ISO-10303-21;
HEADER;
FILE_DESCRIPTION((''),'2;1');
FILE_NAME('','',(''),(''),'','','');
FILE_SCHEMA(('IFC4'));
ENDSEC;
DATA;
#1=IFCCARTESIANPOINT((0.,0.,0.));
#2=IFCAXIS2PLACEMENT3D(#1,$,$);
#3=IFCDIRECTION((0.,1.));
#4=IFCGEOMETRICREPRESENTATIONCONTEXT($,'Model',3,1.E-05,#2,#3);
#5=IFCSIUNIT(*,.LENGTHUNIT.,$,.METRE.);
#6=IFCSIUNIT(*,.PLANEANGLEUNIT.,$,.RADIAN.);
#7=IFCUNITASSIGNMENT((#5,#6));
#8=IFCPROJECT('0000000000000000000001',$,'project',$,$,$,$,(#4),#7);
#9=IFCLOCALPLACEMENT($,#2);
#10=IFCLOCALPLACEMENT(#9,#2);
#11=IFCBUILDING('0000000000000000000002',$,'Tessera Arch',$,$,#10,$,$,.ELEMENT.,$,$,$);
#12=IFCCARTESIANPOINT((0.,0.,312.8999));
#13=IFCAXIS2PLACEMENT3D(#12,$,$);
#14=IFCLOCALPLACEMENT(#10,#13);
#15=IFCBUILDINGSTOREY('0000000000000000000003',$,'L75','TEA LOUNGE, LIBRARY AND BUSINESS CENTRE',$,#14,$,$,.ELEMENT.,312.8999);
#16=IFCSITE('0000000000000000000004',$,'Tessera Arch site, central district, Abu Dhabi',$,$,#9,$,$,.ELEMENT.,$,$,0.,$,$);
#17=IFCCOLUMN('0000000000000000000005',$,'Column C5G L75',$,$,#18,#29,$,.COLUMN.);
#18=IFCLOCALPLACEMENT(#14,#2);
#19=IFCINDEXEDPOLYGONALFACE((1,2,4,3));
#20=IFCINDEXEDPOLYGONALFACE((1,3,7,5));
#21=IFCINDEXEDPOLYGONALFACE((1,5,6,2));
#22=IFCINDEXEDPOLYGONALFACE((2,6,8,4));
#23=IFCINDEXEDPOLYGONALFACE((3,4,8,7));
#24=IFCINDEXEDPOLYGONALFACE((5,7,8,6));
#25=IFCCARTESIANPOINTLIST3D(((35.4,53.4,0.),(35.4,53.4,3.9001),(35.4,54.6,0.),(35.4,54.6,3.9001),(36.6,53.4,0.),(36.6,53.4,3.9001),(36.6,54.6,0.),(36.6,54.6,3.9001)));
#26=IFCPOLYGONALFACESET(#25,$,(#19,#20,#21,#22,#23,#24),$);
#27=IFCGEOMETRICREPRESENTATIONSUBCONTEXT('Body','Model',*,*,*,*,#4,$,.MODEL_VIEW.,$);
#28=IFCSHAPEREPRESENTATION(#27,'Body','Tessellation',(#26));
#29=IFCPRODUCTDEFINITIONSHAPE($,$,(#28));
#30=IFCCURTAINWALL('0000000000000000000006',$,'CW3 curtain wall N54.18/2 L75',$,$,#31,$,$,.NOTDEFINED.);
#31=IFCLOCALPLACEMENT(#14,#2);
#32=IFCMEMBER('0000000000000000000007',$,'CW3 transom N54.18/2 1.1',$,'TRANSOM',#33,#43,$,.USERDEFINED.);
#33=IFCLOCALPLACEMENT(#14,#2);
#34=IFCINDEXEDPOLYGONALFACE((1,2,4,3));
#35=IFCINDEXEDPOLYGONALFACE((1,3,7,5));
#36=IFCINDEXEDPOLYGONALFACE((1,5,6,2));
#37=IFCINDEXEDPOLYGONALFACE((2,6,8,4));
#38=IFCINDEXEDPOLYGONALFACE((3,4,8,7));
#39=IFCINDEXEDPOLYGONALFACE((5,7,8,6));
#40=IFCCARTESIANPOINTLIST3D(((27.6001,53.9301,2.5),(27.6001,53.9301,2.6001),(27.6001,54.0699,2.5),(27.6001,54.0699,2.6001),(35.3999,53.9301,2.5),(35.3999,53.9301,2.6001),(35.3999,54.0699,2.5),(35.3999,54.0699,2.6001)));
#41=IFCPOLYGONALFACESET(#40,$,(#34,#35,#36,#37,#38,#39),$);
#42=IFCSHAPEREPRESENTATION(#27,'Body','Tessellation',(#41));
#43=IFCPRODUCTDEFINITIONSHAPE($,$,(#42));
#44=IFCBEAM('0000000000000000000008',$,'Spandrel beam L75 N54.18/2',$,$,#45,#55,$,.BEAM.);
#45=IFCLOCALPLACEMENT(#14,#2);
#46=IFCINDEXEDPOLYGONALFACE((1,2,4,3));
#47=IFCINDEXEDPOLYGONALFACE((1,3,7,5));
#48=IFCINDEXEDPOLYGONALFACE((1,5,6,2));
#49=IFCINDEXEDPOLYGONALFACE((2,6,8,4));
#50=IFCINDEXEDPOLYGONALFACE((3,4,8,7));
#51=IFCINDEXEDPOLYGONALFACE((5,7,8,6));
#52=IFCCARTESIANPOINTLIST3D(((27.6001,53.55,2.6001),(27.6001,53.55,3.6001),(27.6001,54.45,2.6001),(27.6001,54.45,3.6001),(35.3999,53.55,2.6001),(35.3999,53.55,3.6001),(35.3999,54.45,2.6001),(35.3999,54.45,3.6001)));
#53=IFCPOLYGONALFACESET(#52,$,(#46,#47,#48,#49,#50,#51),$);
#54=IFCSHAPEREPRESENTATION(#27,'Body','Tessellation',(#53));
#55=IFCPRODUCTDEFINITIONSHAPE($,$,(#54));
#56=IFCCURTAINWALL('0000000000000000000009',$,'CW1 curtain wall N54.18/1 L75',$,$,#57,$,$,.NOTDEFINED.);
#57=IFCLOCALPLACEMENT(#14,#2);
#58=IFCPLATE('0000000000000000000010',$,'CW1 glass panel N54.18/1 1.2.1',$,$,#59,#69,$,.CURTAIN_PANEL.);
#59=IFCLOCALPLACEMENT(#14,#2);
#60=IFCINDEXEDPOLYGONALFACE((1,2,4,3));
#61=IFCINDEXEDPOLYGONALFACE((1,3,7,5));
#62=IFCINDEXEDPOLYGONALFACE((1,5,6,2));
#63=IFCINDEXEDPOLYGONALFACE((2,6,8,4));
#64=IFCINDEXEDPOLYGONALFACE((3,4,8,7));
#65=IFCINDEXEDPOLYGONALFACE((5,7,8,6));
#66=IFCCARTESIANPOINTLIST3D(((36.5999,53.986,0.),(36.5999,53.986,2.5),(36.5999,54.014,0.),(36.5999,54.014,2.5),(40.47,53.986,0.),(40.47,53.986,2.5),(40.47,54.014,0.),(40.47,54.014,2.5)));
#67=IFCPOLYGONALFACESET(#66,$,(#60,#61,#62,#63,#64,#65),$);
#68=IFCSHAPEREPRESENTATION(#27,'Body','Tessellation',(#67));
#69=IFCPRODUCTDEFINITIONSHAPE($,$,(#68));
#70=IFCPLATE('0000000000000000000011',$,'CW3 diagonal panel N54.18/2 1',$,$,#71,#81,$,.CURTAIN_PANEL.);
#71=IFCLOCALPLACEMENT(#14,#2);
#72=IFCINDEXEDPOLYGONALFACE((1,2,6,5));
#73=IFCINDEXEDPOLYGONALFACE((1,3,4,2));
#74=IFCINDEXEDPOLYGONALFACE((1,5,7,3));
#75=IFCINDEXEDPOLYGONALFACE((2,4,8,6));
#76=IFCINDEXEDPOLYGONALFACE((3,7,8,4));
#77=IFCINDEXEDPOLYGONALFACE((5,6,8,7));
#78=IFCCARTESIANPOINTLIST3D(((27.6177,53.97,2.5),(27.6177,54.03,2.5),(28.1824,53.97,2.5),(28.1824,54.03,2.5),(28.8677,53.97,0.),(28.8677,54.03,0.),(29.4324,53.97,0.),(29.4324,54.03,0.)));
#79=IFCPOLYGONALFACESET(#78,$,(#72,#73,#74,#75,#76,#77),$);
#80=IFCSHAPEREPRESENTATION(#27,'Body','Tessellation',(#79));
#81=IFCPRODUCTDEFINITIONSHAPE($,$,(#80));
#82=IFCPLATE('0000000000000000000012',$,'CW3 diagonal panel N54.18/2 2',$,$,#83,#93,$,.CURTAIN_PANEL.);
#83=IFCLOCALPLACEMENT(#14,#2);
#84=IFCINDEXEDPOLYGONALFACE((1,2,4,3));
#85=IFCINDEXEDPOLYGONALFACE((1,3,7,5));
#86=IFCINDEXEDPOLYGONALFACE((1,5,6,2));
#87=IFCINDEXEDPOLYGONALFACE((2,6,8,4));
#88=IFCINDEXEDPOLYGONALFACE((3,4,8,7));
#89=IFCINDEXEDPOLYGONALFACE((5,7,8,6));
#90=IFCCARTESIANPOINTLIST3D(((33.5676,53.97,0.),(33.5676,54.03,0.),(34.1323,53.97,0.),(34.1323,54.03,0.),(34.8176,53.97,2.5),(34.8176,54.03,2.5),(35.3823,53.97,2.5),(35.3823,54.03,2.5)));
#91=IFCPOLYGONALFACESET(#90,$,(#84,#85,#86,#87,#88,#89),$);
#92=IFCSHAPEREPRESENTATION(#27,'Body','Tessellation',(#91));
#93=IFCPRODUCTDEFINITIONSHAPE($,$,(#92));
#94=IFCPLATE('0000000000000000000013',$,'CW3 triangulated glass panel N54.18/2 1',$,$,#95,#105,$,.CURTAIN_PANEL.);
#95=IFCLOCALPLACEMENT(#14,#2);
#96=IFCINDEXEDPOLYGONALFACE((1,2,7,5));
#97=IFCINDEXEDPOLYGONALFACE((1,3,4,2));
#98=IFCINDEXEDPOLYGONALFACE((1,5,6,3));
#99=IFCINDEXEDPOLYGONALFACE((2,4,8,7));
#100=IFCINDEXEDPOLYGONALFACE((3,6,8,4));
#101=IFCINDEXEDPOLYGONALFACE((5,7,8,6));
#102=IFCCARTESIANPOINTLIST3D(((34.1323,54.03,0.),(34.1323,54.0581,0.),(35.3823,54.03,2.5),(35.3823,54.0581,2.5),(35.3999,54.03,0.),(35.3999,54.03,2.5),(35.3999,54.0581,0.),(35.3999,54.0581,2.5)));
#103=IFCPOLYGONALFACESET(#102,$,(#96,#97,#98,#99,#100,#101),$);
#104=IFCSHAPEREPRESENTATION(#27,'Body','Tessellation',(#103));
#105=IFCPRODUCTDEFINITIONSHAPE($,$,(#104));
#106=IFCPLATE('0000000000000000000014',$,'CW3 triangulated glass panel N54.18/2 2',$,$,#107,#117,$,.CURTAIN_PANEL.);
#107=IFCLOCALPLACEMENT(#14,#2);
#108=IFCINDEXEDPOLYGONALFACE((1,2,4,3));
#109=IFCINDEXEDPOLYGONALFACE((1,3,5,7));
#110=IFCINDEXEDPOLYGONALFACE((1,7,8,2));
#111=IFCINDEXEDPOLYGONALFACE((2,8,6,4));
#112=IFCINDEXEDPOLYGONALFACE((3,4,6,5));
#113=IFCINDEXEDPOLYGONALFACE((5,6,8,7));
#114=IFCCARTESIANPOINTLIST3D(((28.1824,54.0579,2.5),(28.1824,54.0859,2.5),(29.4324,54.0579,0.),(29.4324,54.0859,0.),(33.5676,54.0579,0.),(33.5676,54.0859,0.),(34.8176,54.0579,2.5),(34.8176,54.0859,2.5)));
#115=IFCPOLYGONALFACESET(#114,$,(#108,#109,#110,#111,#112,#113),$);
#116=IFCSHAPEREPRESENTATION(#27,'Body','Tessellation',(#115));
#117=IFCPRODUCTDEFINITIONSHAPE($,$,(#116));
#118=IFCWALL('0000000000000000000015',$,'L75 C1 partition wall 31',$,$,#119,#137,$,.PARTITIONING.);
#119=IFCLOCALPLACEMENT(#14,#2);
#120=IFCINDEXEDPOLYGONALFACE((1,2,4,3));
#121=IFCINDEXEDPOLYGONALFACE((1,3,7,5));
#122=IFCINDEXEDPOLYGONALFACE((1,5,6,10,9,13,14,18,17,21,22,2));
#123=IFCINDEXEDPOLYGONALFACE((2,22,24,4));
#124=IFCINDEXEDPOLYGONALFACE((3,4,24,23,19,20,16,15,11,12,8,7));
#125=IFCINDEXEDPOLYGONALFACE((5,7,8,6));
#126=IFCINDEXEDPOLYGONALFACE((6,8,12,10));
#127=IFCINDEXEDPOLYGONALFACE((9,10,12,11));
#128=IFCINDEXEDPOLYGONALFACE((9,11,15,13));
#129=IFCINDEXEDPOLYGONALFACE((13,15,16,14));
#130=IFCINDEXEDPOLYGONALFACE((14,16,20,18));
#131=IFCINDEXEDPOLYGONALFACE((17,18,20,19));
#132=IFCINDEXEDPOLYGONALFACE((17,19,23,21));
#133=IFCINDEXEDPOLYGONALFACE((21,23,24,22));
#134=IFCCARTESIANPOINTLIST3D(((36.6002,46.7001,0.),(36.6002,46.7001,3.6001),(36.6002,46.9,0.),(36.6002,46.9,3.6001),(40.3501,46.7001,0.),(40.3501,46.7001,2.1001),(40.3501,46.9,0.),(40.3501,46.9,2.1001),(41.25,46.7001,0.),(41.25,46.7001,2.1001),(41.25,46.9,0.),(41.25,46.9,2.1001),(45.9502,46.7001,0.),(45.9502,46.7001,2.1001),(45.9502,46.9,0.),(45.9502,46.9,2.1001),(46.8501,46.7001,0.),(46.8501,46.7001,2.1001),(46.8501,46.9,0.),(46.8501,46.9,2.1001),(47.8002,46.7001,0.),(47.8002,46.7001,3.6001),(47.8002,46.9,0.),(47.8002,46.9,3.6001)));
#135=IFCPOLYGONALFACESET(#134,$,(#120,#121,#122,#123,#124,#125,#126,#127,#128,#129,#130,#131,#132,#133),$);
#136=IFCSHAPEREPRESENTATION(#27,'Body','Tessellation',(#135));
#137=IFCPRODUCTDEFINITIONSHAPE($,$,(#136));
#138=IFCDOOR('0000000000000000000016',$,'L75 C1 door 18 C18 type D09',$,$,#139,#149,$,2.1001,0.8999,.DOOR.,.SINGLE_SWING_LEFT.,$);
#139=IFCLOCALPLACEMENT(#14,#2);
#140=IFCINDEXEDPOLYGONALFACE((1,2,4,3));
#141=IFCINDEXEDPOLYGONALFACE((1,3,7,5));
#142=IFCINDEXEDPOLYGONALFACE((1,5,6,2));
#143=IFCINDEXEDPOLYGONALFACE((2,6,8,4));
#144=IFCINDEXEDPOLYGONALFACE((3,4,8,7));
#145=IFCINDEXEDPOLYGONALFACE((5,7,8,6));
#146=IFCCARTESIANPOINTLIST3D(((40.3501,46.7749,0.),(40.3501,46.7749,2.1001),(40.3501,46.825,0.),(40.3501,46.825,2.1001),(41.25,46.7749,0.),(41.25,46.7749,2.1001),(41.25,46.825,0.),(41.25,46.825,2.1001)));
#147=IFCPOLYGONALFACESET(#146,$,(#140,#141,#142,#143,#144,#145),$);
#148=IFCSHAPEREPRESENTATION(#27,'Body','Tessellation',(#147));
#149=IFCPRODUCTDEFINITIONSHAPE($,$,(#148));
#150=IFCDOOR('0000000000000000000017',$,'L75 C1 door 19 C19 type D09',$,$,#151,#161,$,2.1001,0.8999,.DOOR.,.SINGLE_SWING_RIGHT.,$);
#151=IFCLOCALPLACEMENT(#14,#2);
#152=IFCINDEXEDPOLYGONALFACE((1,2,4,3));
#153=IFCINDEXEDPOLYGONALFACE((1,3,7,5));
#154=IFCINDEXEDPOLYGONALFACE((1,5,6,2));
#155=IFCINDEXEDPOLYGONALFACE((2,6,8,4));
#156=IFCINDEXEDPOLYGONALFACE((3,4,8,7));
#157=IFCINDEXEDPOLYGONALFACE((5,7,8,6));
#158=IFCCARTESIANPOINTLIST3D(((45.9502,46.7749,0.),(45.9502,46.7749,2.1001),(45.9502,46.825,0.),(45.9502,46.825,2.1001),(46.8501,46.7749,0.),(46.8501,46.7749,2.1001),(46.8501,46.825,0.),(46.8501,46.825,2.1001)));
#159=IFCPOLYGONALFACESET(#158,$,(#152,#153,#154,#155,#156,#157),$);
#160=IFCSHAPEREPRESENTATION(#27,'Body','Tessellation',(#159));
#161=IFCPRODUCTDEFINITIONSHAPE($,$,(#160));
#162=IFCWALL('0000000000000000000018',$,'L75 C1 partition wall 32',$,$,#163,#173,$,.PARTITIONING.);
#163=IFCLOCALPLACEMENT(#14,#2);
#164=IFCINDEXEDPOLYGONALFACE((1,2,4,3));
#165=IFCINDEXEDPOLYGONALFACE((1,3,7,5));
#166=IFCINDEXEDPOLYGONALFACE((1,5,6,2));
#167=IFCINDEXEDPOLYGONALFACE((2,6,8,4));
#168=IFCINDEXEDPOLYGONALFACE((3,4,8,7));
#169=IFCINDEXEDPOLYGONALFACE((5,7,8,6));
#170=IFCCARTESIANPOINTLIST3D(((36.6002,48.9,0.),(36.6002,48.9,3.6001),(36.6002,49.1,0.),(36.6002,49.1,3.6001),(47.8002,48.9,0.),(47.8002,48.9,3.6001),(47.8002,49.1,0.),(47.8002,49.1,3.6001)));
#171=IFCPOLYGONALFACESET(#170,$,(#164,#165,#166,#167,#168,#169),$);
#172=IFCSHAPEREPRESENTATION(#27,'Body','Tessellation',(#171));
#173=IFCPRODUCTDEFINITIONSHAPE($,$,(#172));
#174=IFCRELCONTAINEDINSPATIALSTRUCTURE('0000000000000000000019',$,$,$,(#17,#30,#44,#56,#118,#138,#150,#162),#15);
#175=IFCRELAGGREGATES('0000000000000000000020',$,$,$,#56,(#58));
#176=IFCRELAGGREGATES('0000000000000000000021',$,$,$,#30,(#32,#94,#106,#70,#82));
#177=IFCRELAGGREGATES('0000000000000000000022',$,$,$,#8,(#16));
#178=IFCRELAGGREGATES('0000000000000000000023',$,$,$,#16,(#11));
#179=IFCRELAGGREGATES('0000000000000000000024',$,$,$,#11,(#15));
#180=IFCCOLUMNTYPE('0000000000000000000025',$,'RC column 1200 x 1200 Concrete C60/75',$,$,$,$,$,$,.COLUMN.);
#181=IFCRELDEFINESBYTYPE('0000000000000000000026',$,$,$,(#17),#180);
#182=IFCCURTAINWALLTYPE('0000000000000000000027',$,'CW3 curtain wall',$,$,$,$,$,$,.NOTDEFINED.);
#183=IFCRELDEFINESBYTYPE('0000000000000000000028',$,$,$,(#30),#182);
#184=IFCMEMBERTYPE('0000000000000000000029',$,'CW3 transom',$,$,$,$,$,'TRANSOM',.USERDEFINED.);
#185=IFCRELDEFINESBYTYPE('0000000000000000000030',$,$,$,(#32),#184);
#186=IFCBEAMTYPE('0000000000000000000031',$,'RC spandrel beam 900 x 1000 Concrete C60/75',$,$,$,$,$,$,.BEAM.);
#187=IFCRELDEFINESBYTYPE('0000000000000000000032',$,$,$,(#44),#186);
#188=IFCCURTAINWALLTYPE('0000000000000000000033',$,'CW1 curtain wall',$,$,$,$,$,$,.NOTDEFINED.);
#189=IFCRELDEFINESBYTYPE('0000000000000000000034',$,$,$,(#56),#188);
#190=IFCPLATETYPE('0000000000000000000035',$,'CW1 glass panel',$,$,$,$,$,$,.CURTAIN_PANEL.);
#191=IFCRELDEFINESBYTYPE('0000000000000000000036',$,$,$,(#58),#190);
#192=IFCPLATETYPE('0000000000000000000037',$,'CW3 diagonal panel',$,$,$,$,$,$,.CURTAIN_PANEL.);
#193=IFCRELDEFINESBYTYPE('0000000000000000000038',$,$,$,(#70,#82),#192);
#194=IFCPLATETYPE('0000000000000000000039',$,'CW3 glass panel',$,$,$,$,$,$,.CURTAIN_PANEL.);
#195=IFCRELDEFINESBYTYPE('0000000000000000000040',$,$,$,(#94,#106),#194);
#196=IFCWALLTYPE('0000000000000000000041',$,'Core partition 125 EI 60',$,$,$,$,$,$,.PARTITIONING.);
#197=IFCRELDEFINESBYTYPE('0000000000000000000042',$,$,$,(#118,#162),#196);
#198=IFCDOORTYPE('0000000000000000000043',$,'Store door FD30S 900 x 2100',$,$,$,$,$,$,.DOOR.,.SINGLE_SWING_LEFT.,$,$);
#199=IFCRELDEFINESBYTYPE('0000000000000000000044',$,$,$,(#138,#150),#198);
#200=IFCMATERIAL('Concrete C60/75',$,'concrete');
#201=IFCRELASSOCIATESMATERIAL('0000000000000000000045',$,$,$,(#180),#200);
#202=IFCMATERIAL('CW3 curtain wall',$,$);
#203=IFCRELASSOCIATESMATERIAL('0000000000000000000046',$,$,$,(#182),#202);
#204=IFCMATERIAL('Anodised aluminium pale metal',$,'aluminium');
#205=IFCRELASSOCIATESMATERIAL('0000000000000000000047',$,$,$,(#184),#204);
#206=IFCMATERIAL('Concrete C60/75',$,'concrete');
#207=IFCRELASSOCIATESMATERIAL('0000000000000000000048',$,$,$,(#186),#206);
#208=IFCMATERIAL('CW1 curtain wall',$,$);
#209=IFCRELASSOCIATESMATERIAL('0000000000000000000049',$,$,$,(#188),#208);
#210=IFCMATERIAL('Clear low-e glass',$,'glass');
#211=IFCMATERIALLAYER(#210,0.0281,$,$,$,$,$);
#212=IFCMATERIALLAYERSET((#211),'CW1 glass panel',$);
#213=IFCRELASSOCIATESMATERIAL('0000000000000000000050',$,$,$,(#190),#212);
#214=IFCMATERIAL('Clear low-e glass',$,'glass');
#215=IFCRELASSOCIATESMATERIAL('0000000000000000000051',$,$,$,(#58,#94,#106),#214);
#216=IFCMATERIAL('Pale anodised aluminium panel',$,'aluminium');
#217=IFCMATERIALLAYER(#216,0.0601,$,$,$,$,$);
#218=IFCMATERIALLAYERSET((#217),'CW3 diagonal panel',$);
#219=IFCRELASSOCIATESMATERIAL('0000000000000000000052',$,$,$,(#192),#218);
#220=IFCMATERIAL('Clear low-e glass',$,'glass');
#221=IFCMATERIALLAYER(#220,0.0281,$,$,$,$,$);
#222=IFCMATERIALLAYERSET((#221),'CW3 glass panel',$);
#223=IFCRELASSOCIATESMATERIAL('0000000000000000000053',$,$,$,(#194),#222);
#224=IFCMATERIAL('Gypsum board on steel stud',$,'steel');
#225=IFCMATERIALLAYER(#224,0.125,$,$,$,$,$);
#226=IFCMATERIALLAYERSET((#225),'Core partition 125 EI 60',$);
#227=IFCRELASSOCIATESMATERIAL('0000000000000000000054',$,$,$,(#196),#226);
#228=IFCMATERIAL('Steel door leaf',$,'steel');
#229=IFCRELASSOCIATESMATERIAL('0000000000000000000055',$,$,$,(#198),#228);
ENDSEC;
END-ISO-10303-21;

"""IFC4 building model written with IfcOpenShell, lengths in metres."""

from ifc_helpers import new_model, si_unit, direction, frame, frame_2d, origin, origin_2d, place, context, subcontext, project, spatial, polyline, rectangle, outline, extrude, material, layer, layer_set, material_profile, profile_set, type_object, element, fill, aggregate, save


model = new_model("IFC4")

# Units and contexts
model_context = context("Model", 3, precision=1e-05, world=origin(), true_north=direction((0.0, 1.0)))
body_context = subcontext(model_context, "Body", "Model", "MODEL_VIEW")
ifc_project = project(units=[si_unit("LENGTHUNIT", "METRE"), si_unit("PLANEANGLEUNIT", "RADIAN")], contexts=[model_context])

# Site, building, storey
site_placement = place(None, origin())
site = spatial("IfcSite", under=ifc_project, at=site_placement, Name="Tessera Arch site, central district, Abu Dhabi", CompositionType="ELEMENT", RefElevation=0.0)
building_placement = place(site_placement, origin())
building = spatial("IfcBuilding", under=site, at=building_placement, Name="Tessera Arch", CompositionType="ELEMENT")
storey_placement = place(building_placement, frame((0.0, 0.0, 312.8999)))
storey = spatial("IfcBuildingStorey", under=building, at=storey_placement, Name="L75", Description="TEA LOUNGE, LIBRARY AND BUSINESS CENTRE", CompositionType="ELEMENT", Elevation=312.8999)

# Column
ifc_material_1 = material(Name="Concrete C60/75", Category="concrete")
ifc_material_profile_1 = material_profile(ifc_material_1, rectangle(XDim=1.2, YDim=1.2, at=origin_2d()), Name="RC column 1200 x 1200 Concrete C60/75")
ifc_profile_set_1 = profile_set([ifc_material_profile_1], Name="Concrete C60/75")
column_type = type_object("IfcColumnType", Name="RC column 1200 x 1200 Concrete C60/75", PredefinedType="COLUMN", material=ifc_profile_set_1)
column_placement = place(storey_placement, frame((36.0, 54.0, 0.0), z_axis=(0.0, 0.0, 1.0), x_axis=(1.0, 0.0, 0.0)))
element("IfcColumn", 1, at=column_placement, inside=storey, type_object=column_type, Name="Column C5G L75", PredefinedType="COLUMN", context=body_context, shape_type="SweptSolid", body=[
    extrude(rectangle(XDim=1.2, YDim=1.2, at=origin_2d()), origin(), (0.0, 0.0, 1.0), 3.9001),
])

# Curtain wall, member
ifc_material_2 = material(Name="CW3 curtain wall")
curtain_wall_type_1 = type_object("IfcCurtainWallType", Name="CW3 curtain wall", PredefinedType="NOTDEFINED", material=ifc_material_2)
curtain_wall_1_placement = place(storey_placement, origin())
curtain_wall_1 = element("IfcCurtainWall", 2, at=curtain_wall_1_placement, inside=storey, type_object=curtain_wall_type_1, Name="CW3 curtain wall N54.18/2 L75", PredefinedType="NOTDEFINED")
ifc_material_3 = material(Name="Anodised aluminium pale metal", Category="aluminium")
ifc_material_profile_2 = material_profile(ifc_material_3, rectangle(XDim=0.1399, YDim=0.1001, at=origin_2d()), Name="AL 140x100")
ifc_profile_set_2 = profile_set([ifc_material_profile_2], Name="Anodised aluminium pale metal")
member_type = type_object("IfcMemberType", Name="CW3 transom", ElementType="TRANSOM", PredefinedType="USERDEFINED", material=ifc_profile_set_2)
member_placement = place(storey_placement, frame((35.3999, 54.0, 2.55), z_axis=(-1.0, 0.0, 0.0), x_axis=(0.0, -1.0, 0.0)))
member = element("IfcMember", 3, at=member_placement, type_object=member_type, Name="CW3 transom N54.18/2 1.1", ObjectType="TRANSOM", PredefinedType="USERDEFINED", context=body_context, shape_type="SweptSolid", body=[
    extrude(rectangle(XDim=0.1399, YDim=0.1001, at=origin_2d()), origin(), (0.0, 0.0, 1.0), 7.7998),
])

# Beam
ifc_material_4 = material(Name="Concrete C60/75", Category="concrete")
ifc_material_profile_3 = material_profile(ifc_material_4, rectangle(XDim=0.8999, YDim=1.0, at=origin_2d()), Name="RC spandrel beam 900 x 1000 Concrete C60/75")
ifc_profile_set_3 = profile_set([ifc_material_profile_3], Name="Concrete C60/75")
beam_type = type_object("IfcBeamType", Name="RC spandrel beam 900 x 1000 Concrete C60/75", PredefinedType="BEAM", material=ifc_profile_set_3)
beam_placement = place(storey_placement, frame((35.3999, 54.0, 3.1001), z_axis=(-1.0, 0.0, 0.0), x_axis=(0.0, -1.0, 0.0)))
element("IfcBeam", 4, at=beam_placement, inside=storey, type_object=beam_type, Name="Spandrel beam L75 N54.18/2", PredefinedType="BEAM", context=body_context, shape_type="SweptSolid", body=[
    extrude(rectangle(XDim=0.8999, YDim=1.0, at=origin_2d()), origin(), (0.0, 0.0, 1.0), 7.7998),
])

# Curtain wall, plate
ifc_material_5 = material(Name="CW1 curtain wall")
curtain_wall_type_2 = type_object("IfcCurtainWallType", Name="CW1 curtain wall", PredefinedType="NOTDEFINED", material=ifc_material_5)
curtain_wall_2_placement = place(storey_placement, origin())
curtain_wall_2 = element("IfcCurtainWall", 5, at=curtain_wall_2_placement, inside=storey, type_object=curtain_wall_type_2, Name="CW1 curtain wall N54.18/1 L75", PredefinedType="NOTDEFINED")
ifc_material_6 = material(Name="Clear low-e glass", Category="glass")
ifc_material_7 = material(Name="Clear low-e glass", Category="glass")
ifc_layer_1 = layer(ifc_material_7, 0.0281)
ifc_layer_set_1 = layer_set([ifc_layer_1], Name="CW1 glass panel")
plate_type_1 = type_object("IfcPlateType", Name="CW1 glass panel", PredefinedType="CURTAIN_PANEL", material=ifc_layer_set_1)
plate_1_placement = place(storey_placement, frame((38.5349, 54.0, 0.0), z_axis=(0.0, 0.0, 1.0), x_axis=(-1.0, 0.0, 0.0)))
plate_1 = element("IfcPlate", 6, at=plate_1_placement, type_object=plate_type_1, material=ifc_material_6, Name="CW1 glass panel N54.18/1 1.2.1", PredefinedType="CURTAIN_PANEL", context=body_context, shape_type="SweptSolid", body=[
    extrude(rectangle(XDim=3.8701, YDim=0.0281, at=origin_2d()), origin(), (0.0, 0.0, 1.0), 2.5),
])
aggregate(curtain_wall_2, [plate_1])

# Plates
ifc_material_8 = material(Name="Pale anodised aluminium panel", Category="aluminium")
ifc_layer_2 = layer(ifc_material_8, 0.0601)
ifc_layer_set_2 = layer_set([ifc_layer_2], Name="CW3 diagonal panel")
plate_type_2 = type_object("IfcPlateType", Name="CW3 diagonal panel", PredefinedType="CURTAIN_PANEL", material=ifc_layer_set_2)
plate_2_placement = place(storey_placement, frame((27.6177, 54.03, 2.5), z_axis=(0.0, 1.0, 0.0), x_axis=(1.0, 0.0, 0.0)))
plate_2 = element("IfcPlate", 7, at=plate_2_placement, type_object=plate_type_2, Name="CW3 diagonal panel N54.18/2 1", PredefinedType="CURTAIN_PANEL", context=body_context, shape_type="SweptSolid", body=[
    extrude(outline(polyline([(0.0, 0.0), (0.5647, 0.0), (1.8147, 2.5), (1.25, 2.5), (0.0, 0.0)])), origin(), (0.0, 0.0, -1.0), 0.0601),
])
plate_3_placement = place(storey_placement, frame((34.8176, 54.03, 2.5), z_axis=(0.0, 1.0, 0.0), x_axis=(1.0, 0.0, 0.0)))
plate_3 = element("IfcPlate", 8, at=plate_3_placement, type_object=plate_type_2, Name="CW3 diagonal panel N54.18/2 2", PredefinedType="CURTAIN_PANEL", context=body_context, shape_type="SweptSolid", body=[
    extrude(outline(polyline([(0.0, 0.0), (0.5647, 0.0), (-0.6853, 2.5), (-1.25, 2.5), (0.0, 0.0)])), origin(), (0.0, 0.0, -1.0), 0.0601),
])
ifc_material_9 = material(Name="Clear low-e glass", Category="glass")
ifc_layer_3 = layer(ifc_material_9, 0.0281)
ifc_layer_set_3 = layer_set([ifc_layer_3], Name="CW3 glass panel")
plate_type_3 = type_object("IfcPlateType", Name="CW3 glass panel", PredefinedType="CURTAIN_PANEL", material=ifc_layer_set_3)
plate_4_placement = place(storey_placement, frame((35.3999, 54.0581, 0.0), z_axis=(0.0, 1.0, 0.0), x_axis=(-1.0, 0.0, 0.0)))
plate_4 = element("IfcPlate", 9, at=plate_4_placement, type_object=plate_type_3, material=ifc_material_6, Name="CW3 triangulated glass panel N54.18/2 1", PredefinedType="CURTAIN_PANEL", context=body_context, shape_type="SweptSolid", body=[
    extrude(outline(polyline([(0.0, 0.0), (1.2676, 0.0), (0.0176, 2.5), (0.0, 2.5), (0.0, 0.0)])), origin(), (0.0, 0.0, -1.0), 0.0281),
])
plate_5_placement = place(storey_placement, frame((28.1824, 54.0859, 2.5), z_axis=(0.0, 1.0, 0.0), x_axis=(1.0, 0.0, 0.0)))
plate_5 = element("IfcPlate", 10, at=plate_5_placement, type_object=plate_type_3, material=ifc_material_6, Name="CW3 triangulated glass panel N54.18/2 2", PredefinedType="CURTAIN_PANEL", context=body_context, shape_type="SweptSolid", body=[
    extrude(outline(polyline([(0.0, 0.0), (6.6353, 0.0), (5.3853, 2.5), (1.25, 2.5), (0.0, 0.0)])), origin(), (0.0, 0.0, -1.0), 0.0281),
])
aggregate(curtain_wall_1, [member, plate_4, plate_5, plate_2, plate_3])

# Wall, openings, doors
ifc_material_10 = material(Name="Gypsum board on steel stud", Category="steel")
ifc_layer_4 = layer(ifc_material_10, 0.125)
ifc_layer_set_4 = layer_set([ifc_layer_4], Name="Core partition 125 EI 60")
wall_type_1 = type_object("IfcWallType", Name="Core partition 125 EI 60", PredefinedType="PARTITIONING", material=ifc_layer_set_4)
wall_1_placement = place(storey_placement, frame((36.6001, 46.8, 0.0), z_axis=(0.0, 0.0, 1.0), x_axis=(1.0, 0.0, 0.0)))
wall_1 = element("IfcWall", 11, at=wall_1_placement, inside=storey, type_object=wall_type_1, Name="L75 C1 partition wall 31", PredefinedType="PARTITIONING", context=body_context, shape_type="SweptSolid", body=[
    extrude(rectangle(XDim=11.2, YDim=0.2, at=frame_2d((5.6001, 0.0))), origin(), (0.0, 0.0, 1.0), 3.6001),
])
opening_1_placement = place(wall_1_placement, frame((3.75, 0.0, 0.0)))
opening_1 = element("IfcOpeningElement", 12, at=opening_1_placement, cuts=wall_1, PredefinedType="OPENING", context=body_context, shape_type="SweptSolid", body=[
    extrude(rectangle(XDim=0.8999, YDim=2.1001, at=frame_2d((0.45, 1.05))), frame((0.0, 0.1099, 0.0), z_axis=(0.0, -1.0, 0.0), x_axis=(1.0, 0.0, 0.0)), (0.0, 0.0, 1.0), 0.22),
])
opening_2_placement = place(wall_1_placement, frame((9.3501, 0.0, 0.0)))
opening_2 = element("IfcOpeningElement", 13, at=opening_2_placement, cuts=wall_1, PredefinedType="OPENING", context=body_context, shape_type="SweptSolid", body=[
    extrude(rectangle(XDim=0.8999, YDim=2.1001, at=frame_2d((0.45, 1.05))), frame((0.0, 0.1099, 0.0), z_axis=(0.0, -1.0, 0.0), x_axis=(1.0, 0.0, 0.0)), (0.0, 0.0, 1.0), 0.22),
])
ifc_material_11 = material(Name="Steel door leaf", Category="steel")
door_type_1 = type_object("IfcDoorType", Name="Store door FD30S 900 x 2100", OperationType="SINGLE_SWING_LEFT", PredefinedType="DOOR", material=ifc_material_11)
door_1_placement = place(opening_1_placement, origin())
door_1 = element("IfcDoor", 14, at=door_1_placement, inside=storey, type_object=door_type_1, Name="L75 C1 door 18 C18 type D09", OperationType="SINGLE_SWING_LEFT", OverallHeight=2.1001, OverallWidth=0.8999, PredefinedType="DOOR", context=body_context, shape_type="SweptSolid", body=[
    extrude(rectangle(XDim=0.8999, YDim=2.1001, at=frame_2d((0.45, 1.05))), frame((0.0, 0.0249, 0.0), z_axis=(0.0, -1.0, 0.0), x_axis=(1.0, 0.0, 0.0)), (0.0, 0.0, 1.0), 0.05),
])
fill(opening_1, door_1)
door_2_placement = place(opening_2_placement, origin())
door_2 = element("IfcDoor", 15, at=door_2_placement, inside=storey, type_object=door_type_1, Name="L75 C1 door 19 C19 type D09", OperationType="SINGLE_SWING_RIGHT", OverallHeight=2.1001, OverallWidth=0.8999, PredefinedType="DOOR", context=body_context, shape_type="SweptSolid", body=[
    extrude(rectangle(XDim=0.8999, YDim=2.1001, at=frame_2d((0.45, 1.05))), frame((0.0, 0.0249, 0.0), z_axis=(0.0, -1.0, 0.0), x_axis=(1.0, 0.0, 0.0)), (0.0, 0.0, 1.0), 0.05),
])
fill(opening_2, door_2)

# Wall
wall_2_placement = place(storey_placement, frame((36.6001, 49.0, 0.0), z_axis=(0.0, 0.0, 1.0), x_axis=(1.0, 0.0, 0.0)))
element("IfcWall", 16, at=wall_2_placement, inside=storey, type_object=wall_type_1, Name="L75 C1 partition wall 32", PredefinedType="PARTITIONING", context=body_context, shape_type="SweptSolid", body=[
    extrude(rectangle(XDim=11.2, YDim=0.2, at=frame_2d((5.6001, 0.0))), origin(), (0.0, 0.0, 1.0), 3.6001),
])

save(model, "model.ifc")
